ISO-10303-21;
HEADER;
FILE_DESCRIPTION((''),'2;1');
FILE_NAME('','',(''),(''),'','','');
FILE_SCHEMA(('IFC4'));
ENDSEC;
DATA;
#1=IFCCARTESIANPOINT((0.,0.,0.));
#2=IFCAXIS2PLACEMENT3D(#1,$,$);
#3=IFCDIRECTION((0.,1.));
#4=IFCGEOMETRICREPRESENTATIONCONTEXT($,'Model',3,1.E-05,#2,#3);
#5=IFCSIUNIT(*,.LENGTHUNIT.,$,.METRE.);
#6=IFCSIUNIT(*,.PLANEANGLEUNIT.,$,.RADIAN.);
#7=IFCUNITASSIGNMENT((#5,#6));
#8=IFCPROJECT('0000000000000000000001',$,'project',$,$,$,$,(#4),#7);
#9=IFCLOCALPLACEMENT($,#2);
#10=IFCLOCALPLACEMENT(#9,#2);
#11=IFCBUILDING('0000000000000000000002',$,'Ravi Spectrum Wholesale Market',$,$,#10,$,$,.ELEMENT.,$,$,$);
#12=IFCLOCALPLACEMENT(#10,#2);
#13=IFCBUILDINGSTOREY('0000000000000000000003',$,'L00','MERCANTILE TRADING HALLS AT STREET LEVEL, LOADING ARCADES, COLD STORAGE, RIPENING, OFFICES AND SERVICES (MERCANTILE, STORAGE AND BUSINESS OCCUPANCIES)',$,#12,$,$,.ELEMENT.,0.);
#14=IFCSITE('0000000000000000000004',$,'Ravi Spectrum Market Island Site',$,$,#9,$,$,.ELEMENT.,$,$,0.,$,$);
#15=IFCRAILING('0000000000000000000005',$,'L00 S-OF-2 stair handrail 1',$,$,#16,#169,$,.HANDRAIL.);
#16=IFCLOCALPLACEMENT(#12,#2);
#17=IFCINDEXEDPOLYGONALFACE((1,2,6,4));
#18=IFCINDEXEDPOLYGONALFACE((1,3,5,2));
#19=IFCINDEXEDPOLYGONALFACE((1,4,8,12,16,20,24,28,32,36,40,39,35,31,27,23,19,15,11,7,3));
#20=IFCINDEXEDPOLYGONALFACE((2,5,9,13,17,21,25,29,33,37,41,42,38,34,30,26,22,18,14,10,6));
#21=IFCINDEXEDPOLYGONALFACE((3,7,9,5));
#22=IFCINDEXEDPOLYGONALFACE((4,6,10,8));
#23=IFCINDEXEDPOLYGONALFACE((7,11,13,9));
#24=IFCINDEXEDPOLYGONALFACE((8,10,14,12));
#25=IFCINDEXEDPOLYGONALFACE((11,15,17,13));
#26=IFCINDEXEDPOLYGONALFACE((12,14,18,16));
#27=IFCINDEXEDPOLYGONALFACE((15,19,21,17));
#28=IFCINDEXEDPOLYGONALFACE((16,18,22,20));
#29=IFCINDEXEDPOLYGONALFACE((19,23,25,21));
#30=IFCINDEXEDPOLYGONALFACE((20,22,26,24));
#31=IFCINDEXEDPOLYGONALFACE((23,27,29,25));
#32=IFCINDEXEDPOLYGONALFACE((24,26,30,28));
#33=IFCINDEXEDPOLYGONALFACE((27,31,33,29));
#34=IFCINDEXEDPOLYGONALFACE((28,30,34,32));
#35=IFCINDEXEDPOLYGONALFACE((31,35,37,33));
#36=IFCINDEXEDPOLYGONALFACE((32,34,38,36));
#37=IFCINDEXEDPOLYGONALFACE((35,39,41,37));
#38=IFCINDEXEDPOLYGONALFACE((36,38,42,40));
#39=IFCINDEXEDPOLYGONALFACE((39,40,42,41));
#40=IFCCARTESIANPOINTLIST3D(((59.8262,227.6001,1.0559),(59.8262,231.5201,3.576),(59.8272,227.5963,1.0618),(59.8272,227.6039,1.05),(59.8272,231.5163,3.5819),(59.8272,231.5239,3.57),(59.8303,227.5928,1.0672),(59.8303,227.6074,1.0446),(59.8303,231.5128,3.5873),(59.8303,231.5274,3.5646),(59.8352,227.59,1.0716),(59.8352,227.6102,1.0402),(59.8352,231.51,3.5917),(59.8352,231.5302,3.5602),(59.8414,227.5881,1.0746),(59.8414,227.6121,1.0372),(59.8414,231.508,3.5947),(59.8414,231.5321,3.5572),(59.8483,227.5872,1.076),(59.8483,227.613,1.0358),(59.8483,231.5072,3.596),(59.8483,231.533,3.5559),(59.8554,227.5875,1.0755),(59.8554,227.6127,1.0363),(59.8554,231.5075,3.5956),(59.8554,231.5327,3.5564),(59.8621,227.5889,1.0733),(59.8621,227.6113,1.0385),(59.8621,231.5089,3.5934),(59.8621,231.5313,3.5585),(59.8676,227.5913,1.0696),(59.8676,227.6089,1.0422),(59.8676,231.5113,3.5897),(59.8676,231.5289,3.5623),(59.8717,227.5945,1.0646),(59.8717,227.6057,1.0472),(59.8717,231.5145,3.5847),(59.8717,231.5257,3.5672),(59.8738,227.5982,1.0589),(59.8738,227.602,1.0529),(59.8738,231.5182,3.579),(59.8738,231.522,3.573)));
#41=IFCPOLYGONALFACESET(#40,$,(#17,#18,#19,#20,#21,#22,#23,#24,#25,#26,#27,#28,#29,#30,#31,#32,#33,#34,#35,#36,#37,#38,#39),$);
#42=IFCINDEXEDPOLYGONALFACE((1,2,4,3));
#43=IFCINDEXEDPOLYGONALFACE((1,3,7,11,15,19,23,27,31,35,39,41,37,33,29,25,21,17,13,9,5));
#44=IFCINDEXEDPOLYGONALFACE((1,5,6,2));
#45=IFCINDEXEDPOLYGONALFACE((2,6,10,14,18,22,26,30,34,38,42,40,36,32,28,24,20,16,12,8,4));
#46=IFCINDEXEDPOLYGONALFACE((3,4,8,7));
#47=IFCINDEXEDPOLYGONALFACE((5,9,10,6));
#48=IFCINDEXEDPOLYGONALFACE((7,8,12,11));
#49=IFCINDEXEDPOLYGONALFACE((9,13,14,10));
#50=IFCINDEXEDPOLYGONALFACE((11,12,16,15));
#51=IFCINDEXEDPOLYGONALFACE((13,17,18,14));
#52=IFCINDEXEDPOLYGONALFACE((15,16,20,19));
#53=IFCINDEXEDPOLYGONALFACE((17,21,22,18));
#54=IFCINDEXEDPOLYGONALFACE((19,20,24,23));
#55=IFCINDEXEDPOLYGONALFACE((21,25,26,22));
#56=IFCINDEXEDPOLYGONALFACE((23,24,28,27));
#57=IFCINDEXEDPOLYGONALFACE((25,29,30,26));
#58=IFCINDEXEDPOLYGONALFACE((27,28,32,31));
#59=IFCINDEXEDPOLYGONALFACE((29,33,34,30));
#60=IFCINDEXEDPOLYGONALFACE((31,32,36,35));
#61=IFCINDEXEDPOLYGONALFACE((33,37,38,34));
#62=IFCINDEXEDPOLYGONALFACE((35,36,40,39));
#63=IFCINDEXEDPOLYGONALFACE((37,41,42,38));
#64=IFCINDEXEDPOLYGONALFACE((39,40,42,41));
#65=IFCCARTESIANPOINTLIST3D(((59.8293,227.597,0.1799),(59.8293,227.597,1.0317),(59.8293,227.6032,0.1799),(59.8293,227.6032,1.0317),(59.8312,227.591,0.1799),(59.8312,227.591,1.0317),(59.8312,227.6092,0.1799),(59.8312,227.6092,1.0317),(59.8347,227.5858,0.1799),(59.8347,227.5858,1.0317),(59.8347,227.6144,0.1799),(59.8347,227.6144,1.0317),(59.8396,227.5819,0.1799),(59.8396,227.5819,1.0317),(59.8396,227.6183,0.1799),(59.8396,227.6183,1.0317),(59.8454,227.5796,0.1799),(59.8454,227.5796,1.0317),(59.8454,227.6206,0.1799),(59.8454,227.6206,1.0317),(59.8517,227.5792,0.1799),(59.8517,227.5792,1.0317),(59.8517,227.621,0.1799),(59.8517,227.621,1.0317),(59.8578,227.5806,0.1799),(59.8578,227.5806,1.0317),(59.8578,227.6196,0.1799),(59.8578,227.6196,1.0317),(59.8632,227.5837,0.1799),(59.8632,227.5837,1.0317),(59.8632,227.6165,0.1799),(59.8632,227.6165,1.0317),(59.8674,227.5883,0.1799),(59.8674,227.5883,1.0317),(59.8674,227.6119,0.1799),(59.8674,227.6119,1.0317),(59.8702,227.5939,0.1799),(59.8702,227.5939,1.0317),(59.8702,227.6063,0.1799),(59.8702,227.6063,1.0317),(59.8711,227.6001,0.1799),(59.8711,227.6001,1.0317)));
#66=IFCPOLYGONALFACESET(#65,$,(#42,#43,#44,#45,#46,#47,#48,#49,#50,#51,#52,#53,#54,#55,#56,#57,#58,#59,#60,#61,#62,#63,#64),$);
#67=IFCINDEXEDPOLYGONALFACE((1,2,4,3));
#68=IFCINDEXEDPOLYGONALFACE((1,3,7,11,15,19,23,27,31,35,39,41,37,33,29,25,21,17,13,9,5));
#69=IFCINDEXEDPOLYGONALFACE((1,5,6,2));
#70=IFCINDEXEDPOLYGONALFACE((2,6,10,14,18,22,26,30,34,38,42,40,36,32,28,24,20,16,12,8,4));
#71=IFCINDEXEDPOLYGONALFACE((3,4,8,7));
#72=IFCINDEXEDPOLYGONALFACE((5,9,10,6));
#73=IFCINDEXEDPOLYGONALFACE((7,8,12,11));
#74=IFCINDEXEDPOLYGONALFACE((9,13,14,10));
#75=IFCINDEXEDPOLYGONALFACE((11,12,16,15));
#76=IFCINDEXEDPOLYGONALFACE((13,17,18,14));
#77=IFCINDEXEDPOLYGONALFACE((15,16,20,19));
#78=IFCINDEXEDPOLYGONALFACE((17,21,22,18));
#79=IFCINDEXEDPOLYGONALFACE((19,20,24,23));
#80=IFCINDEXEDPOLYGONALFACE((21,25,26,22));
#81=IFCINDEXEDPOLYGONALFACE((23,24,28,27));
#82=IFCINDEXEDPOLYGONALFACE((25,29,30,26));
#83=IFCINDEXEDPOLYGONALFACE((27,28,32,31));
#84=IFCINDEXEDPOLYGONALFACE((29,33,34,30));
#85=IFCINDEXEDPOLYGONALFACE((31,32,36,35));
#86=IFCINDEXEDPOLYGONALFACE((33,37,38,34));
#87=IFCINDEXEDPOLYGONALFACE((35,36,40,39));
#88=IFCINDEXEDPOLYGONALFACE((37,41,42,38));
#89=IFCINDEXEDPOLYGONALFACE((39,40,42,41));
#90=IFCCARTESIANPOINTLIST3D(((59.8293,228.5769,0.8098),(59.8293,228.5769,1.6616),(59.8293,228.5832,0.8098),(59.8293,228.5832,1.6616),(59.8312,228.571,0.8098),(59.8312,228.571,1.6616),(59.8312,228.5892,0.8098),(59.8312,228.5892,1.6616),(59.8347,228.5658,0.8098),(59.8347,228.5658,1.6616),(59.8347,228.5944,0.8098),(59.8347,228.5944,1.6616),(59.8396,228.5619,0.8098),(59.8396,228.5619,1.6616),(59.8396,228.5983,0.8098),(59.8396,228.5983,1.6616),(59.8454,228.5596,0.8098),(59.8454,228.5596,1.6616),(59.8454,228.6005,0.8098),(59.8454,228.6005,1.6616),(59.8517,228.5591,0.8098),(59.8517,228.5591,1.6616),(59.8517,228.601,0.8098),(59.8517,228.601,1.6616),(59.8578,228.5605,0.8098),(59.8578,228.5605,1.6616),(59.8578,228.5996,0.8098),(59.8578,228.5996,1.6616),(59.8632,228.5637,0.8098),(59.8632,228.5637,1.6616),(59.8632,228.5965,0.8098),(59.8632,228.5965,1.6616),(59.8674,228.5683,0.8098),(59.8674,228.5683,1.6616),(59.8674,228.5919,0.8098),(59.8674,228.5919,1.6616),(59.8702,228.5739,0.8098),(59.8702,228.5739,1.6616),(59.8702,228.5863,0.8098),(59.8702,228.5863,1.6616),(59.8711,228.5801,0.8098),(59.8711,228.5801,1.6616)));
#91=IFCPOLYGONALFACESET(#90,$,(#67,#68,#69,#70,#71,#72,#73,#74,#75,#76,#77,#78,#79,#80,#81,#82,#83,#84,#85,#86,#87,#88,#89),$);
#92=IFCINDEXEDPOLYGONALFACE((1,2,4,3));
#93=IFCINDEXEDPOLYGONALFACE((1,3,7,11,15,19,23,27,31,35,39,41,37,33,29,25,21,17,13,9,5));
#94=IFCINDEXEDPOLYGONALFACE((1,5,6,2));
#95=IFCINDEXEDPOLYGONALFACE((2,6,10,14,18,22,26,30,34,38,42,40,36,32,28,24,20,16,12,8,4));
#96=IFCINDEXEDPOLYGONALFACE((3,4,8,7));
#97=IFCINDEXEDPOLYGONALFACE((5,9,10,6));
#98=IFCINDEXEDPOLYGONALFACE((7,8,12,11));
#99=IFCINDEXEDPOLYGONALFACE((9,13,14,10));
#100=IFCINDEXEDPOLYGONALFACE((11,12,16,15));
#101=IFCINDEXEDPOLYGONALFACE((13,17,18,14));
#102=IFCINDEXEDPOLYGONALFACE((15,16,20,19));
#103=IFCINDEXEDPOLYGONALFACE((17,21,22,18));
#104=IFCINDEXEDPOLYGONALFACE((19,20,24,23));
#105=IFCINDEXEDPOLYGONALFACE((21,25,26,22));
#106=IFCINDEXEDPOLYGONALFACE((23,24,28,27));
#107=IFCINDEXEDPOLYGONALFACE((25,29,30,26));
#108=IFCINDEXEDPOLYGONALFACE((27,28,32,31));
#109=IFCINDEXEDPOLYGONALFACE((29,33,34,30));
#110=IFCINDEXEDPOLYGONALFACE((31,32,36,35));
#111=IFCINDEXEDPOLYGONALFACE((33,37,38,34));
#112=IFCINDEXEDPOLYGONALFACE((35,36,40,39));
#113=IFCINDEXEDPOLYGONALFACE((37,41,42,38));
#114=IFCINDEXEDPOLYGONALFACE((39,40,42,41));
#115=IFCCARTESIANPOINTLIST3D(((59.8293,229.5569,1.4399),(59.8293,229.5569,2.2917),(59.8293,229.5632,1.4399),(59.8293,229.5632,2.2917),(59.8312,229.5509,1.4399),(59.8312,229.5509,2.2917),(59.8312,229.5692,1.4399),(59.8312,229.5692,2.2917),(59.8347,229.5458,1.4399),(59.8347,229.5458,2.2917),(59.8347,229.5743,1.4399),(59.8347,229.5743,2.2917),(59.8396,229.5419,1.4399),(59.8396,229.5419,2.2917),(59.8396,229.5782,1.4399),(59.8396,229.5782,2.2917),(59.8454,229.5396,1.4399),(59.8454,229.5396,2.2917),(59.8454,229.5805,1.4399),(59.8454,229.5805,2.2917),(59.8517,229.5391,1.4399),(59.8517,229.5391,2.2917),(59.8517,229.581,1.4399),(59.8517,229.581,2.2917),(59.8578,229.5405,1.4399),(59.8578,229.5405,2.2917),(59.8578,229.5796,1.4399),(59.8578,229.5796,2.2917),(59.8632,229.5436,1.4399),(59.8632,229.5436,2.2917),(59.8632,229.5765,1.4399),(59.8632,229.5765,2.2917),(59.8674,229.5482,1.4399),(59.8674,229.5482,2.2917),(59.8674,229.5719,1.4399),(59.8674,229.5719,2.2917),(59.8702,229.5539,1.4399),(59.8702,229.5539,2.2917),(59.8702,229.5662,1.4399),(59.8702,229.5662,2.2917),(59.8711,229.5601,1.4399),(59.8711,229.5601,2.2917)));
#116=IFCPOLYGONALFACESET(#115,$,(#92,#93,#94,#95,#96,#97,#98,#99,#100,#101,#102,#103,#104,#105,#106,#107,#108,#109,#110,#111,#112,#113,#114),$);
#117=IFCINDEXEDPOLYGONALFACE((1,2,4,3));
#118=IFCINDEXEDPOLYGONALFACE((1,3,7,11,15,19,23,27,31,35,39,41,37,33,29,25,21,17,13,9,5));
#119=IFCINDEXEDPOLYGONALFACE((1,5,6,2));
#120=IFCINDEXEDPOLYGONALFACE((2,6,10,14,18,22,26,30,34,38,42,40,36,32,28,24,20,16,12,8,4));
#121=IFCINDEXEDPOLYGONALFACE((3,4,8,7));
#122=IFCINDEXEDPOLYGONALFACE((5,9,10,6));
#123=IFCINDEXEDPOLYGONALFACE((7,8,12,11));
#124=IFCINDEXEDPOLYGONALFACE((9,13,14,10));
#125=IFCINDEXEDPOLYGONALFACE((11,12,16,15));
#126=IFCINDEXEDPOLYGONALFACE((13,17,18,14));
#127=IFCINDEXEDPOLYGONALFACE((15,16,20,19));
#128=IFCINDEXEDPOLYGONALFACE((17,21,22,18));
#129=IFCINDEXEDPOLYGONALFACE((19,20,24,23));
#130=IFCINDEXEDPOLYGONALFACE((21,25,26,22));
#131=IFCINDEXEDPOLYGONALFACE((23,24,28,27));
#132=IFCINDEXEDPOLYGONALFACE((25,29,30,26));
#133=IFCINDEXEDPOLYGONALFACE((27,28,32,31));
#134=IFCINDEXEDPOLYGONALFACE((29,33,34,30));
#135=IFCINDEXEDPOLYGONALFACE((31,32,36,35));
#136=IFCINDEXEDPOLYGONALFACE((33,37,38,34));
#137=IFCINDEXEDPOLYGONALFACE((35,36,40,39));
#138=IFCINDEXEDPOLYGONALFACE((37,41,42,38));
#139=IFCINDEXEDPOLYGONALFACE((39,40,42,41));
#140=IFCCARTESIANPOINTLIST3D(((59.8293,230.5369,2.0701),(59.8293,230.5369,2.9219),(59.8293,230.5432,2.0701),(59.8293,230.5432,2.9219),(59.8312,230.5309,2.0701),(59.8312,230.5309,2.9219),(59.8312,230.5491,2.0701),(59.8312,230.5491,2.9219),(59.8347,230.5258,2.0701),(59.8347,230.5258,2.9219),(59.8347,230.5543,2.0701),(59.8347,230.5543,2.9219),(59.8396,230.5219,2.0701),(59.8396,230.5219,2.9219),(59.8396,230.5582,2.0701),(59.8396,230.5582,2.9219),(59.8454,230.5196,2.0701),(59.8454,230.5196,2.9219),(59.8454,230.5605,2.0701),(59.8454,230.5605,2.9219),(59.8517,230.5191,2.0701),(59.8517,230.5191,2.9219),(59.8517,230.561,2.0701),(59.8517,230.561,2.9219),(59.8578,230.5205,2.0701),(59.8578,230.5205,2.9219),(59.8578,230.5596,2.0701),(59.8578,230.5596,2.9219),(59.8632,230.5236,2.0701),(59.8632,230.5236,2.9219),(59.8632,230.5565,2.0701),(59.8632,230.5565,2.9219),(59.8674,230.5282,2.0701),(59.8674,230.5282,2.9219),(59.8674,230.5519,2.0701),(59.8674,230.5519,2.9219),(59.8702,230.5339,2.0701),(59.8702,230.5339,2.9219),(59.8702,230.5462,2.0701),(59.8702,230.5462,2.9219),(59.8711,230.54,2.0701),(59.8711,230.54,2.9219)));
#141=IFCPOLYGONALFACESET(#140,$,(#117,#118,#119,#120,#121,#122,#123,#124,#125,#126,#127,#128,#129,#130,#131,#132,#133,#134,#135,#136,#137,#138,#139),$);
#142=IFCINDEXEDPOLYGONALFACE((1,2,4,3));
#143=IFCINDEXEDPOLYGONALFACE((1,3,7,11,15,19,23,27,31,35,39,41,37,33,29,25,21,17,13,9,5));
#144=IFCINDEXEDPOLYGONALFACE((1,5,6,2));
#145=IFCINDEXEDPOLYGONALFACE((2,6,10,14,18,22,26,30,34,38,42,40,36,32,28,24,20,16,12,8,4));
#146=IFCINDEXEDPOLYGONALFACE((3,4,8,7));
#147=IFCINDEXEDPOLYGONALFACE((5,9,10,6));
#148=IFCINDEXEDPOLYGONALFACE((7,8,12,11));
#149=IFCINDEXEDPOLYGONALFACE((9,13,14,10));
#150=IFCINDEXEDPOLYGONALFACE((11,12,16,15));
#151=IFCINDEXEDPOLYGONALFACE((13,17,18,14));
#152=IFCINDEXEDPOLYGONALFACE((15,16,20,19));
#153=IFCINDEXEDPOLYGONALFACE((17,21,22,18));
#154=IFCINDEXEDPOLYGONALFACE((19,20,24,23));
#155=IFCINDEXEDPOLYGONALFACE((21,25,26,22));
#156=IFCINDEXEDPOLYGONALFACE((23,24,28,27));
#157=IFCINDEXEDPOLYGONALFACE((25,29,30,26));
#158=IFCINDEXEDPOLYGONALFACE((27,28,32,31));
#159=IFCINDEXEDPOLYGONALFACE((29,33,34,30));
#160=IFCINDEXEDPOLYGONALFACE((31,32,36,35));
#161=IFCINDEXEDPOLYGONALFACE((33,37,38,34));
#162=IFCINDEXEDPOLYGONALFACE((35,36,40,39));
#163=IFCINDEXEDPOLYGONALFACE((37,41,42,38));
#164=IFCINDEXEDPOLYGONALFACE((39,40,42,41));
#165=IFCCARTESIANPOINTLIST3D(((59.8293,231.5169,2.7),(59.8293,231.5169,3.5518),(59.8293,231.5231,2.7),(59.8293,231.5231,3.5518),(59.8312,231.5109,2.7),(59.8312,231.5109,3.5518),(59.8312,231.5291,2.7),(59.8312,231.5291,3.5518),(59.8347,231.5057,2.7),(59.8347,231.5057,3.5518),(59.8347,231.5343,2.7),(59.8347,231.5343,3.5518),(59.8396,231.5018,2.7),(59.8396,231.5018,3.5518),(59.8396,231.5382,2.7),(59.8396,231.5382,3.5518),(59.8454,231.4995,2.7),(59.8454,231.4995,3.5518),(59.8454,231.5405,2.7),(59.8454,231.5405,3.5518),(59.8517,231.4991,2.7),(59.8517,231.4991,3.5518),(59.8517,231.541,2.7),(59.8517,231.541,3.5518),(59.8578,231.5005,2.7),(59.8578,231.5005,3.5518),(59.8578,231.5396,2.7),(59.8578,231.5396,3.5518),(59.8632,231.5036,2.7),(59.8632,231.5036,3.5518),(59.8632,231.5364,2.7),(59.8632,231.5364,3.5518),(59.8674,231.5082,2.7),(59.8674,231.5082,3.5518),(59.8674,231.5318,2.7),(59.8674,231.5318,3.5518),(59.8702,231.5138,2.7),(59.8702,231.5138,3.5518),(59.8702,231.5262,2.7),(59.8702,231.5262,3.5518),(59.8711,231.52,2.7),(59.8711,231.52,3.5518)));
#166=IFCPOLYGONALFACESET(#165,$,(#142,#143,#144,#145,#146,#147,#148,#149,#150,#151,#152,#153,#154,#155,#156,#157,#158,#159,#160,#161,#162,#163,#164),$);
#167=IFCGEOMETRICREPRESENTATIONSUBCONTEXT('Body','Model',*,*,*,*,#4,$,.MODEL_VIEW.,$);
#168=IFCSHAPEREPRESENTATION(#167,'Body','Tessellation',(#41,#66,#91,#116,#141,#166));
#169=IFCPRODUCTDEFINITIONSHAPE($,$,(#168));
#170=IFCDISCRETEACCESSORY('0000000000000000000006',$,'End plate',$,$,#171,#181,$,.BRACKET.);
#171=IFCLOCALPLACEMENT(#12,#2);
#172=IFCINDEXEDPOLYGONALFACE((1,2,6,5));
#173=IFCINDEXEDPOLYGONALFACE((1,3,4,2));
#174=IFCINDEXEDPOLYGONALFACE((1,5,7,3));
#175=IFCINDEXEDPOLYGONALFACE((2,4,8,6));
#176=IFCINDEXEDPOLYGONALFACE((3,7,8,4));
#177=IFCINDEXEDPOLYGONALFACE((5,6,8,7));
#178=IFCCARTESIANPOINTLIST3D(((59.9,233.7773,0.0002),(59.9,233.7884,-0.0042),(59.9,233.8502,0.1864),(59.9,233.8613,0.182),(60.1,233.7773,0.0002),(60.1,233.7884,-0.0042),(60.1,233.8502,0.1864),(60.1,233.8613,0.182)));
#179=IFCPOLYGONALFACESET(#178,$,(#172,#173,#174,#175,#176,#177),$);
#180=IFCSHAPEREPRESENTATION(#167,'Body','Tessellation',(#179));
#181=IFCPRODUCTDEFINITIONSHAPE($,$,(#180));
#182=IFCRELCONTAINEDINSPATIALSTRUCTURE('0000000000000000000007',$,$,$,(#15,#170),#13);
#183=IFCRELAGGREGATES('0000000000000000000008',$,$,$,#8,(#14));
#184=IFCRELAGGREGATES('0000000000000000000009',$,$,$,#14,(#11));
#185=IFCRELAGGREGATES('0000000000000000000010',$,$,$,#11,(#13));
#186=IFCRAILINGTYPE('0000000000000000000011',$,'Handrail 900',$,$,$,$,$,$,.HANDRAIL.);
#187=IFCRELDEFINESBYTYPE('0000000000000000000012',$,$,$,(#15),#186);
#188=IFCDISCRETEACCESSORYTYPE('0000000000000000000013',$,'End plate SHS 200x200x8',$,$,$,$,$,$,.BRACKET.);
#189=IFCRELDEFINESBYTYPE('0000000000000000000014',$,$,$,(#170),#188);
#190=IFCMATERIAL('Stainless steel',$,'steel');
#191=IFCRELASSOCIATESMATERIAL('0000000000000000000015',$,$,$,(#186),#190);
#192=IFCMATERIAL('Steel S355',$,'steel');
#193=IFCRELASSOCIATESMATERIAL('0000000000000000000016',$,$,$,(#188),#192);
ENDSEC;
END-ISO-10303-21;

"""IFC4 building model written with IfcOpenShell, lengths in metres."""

from ifc_helpers import new_model, si_unit, direction, frame, origin, origin_2d, place, context, subcontext, project, spatial, rectangle, circle, extrude, material, material_profile, profile_set, type_object, element, save


model = new_model("IFC4")

# Units and contexts
model_context = context("Model", 3, precision=1e-05, world=origin(), true_north=direction((0.0, 1.0)))
body_context = subcontext(model_context, "Body", "Model", "MODEL_VIEW")
ifc_project = project(units=[si_unit("LENGTHUNIT", "METRE"), si_unit("PLANEANGLEUNIT", "RADIAN")], contexts=[model_context])

# Site, building, storey
site_placement = place(None, origin())
site = spatial("IfcSite", under=ifc_project, at=site_placement, Name="Ravi Spectrum Market Island Site", CompositionType="ELEMENT", RefElevation=0.0)
building_placement = place(site_placement, origin())
building = spatial("IfcBuilding", under=site, at=building_placement, Name="Ravi Spectrum Wholesale Market", CompositionType="ELEMENT")
storey_placement = place(building_placement, origin())
storey = spatial("IfcBuildingStorey", under=building, at=storey_placement, Name="L00", Description="MERCANTILE TRADING HALLS AT STREET LEVEL, LOADING ARCADES, COLD STORAGE, RIPENING, OFFICES AND SERVICES (MERCANTILE, STORAGE AND BUSINESS OCCUPANCIES)", CompositionType="ELEMENT", Elevation=0.0)

# Railing
ifc_material_1 = material(Name="Stainless steel", Category="steel")
railing_type = type_object("IfcRailingType", Name="Handrail 900", PredefinedType="HANDRAIL", material=ifc_material_1)
railing_placement = place(storey_placement, frame((59.8501, 227.6001, 0.1799)))
element("IfcRailing", 1, at=railing_placement, inside=storey, type_object=railing_type, Name="L00 S-OF-2 stair handrail 1", PredefinedType="HANDRAIL", context=body_context, shape_type="SweptSolid", body=[
    extrude(circle(Radius=0.0239, at=origin_2d()), frame((0.0, 0.0, 0.876), z_axis=(0.0, 0.841172, 0.540768), x_axis=(-1.0, 0.0, 0.0)), (0.0, 0.0, 1.0), 4.6602),
    extrude(circle(Radius=0.021, at=origin_2d()), origin(), (0.0, 0.0, 1.0), 0.8518),
    extrude(circle(Radius=0.021, at=origin_2d()), frame((0.0, 0.98, 0.6299)), (0.0, 0.0, 1.0), 0.8518),
    extrude(circle(Radius=0.021, at=origin_2d()), frame((0.0, 1.96, 1.26)), (0.0, 0.0, 1.0), 0.8518),
    extrude(circle(Radius=0.021, at=origin_2d()), frame((0.0, 2.9399, 1.8901)), (0.0, 0.0, 1.0), 0.8518),
    extrude(circle(Radius=0.021, at=origin_2d()), frame((0.0, 3.9199, 2.52)), (0.0, 0.0, 1.0), 0.8518),
])

# Discrete accessory
ifc_material_2 = material(Name="Steel S355", Category="steel")
ifc_material_profile_1 = material_profile(ifc_material_2, rectangle(XDim=0.2, YDim=0.2, at=origin_2d()))
ifc_profile_set_1 = profile_set([ifc_material_profile_1], Name="Steel S355")
discrete_accessory_type = type_object("IfcDiscreteAccessoryType", Name="End plate SHS 200x200x8", PredefinedType="BRACKET", material=ifc_profile_set_1)
discrete_accessory_placement = place(storey_placement, frame((60.0, 233.8137, 0.0933), z_axis=(0.0, 0.931243, -0.364399), x_axis=(-1.0, 0.0, 0.0)))
element("IfcDiscreteAccessory", 2, at=discrete_accessory_placement, inside=storey, type_object=discrete_accessory_type, Name="End plate", PredefinedType="BRACKET", context=body_context, shape_type="SweptSolid", body=[
    extrude(rectangle(XDim=0.2, YDim=0.2, at=origin_2d()), origin(), (0.0, 0.0, 1.0), 0.012),
])

save(model, "model.ifc")
